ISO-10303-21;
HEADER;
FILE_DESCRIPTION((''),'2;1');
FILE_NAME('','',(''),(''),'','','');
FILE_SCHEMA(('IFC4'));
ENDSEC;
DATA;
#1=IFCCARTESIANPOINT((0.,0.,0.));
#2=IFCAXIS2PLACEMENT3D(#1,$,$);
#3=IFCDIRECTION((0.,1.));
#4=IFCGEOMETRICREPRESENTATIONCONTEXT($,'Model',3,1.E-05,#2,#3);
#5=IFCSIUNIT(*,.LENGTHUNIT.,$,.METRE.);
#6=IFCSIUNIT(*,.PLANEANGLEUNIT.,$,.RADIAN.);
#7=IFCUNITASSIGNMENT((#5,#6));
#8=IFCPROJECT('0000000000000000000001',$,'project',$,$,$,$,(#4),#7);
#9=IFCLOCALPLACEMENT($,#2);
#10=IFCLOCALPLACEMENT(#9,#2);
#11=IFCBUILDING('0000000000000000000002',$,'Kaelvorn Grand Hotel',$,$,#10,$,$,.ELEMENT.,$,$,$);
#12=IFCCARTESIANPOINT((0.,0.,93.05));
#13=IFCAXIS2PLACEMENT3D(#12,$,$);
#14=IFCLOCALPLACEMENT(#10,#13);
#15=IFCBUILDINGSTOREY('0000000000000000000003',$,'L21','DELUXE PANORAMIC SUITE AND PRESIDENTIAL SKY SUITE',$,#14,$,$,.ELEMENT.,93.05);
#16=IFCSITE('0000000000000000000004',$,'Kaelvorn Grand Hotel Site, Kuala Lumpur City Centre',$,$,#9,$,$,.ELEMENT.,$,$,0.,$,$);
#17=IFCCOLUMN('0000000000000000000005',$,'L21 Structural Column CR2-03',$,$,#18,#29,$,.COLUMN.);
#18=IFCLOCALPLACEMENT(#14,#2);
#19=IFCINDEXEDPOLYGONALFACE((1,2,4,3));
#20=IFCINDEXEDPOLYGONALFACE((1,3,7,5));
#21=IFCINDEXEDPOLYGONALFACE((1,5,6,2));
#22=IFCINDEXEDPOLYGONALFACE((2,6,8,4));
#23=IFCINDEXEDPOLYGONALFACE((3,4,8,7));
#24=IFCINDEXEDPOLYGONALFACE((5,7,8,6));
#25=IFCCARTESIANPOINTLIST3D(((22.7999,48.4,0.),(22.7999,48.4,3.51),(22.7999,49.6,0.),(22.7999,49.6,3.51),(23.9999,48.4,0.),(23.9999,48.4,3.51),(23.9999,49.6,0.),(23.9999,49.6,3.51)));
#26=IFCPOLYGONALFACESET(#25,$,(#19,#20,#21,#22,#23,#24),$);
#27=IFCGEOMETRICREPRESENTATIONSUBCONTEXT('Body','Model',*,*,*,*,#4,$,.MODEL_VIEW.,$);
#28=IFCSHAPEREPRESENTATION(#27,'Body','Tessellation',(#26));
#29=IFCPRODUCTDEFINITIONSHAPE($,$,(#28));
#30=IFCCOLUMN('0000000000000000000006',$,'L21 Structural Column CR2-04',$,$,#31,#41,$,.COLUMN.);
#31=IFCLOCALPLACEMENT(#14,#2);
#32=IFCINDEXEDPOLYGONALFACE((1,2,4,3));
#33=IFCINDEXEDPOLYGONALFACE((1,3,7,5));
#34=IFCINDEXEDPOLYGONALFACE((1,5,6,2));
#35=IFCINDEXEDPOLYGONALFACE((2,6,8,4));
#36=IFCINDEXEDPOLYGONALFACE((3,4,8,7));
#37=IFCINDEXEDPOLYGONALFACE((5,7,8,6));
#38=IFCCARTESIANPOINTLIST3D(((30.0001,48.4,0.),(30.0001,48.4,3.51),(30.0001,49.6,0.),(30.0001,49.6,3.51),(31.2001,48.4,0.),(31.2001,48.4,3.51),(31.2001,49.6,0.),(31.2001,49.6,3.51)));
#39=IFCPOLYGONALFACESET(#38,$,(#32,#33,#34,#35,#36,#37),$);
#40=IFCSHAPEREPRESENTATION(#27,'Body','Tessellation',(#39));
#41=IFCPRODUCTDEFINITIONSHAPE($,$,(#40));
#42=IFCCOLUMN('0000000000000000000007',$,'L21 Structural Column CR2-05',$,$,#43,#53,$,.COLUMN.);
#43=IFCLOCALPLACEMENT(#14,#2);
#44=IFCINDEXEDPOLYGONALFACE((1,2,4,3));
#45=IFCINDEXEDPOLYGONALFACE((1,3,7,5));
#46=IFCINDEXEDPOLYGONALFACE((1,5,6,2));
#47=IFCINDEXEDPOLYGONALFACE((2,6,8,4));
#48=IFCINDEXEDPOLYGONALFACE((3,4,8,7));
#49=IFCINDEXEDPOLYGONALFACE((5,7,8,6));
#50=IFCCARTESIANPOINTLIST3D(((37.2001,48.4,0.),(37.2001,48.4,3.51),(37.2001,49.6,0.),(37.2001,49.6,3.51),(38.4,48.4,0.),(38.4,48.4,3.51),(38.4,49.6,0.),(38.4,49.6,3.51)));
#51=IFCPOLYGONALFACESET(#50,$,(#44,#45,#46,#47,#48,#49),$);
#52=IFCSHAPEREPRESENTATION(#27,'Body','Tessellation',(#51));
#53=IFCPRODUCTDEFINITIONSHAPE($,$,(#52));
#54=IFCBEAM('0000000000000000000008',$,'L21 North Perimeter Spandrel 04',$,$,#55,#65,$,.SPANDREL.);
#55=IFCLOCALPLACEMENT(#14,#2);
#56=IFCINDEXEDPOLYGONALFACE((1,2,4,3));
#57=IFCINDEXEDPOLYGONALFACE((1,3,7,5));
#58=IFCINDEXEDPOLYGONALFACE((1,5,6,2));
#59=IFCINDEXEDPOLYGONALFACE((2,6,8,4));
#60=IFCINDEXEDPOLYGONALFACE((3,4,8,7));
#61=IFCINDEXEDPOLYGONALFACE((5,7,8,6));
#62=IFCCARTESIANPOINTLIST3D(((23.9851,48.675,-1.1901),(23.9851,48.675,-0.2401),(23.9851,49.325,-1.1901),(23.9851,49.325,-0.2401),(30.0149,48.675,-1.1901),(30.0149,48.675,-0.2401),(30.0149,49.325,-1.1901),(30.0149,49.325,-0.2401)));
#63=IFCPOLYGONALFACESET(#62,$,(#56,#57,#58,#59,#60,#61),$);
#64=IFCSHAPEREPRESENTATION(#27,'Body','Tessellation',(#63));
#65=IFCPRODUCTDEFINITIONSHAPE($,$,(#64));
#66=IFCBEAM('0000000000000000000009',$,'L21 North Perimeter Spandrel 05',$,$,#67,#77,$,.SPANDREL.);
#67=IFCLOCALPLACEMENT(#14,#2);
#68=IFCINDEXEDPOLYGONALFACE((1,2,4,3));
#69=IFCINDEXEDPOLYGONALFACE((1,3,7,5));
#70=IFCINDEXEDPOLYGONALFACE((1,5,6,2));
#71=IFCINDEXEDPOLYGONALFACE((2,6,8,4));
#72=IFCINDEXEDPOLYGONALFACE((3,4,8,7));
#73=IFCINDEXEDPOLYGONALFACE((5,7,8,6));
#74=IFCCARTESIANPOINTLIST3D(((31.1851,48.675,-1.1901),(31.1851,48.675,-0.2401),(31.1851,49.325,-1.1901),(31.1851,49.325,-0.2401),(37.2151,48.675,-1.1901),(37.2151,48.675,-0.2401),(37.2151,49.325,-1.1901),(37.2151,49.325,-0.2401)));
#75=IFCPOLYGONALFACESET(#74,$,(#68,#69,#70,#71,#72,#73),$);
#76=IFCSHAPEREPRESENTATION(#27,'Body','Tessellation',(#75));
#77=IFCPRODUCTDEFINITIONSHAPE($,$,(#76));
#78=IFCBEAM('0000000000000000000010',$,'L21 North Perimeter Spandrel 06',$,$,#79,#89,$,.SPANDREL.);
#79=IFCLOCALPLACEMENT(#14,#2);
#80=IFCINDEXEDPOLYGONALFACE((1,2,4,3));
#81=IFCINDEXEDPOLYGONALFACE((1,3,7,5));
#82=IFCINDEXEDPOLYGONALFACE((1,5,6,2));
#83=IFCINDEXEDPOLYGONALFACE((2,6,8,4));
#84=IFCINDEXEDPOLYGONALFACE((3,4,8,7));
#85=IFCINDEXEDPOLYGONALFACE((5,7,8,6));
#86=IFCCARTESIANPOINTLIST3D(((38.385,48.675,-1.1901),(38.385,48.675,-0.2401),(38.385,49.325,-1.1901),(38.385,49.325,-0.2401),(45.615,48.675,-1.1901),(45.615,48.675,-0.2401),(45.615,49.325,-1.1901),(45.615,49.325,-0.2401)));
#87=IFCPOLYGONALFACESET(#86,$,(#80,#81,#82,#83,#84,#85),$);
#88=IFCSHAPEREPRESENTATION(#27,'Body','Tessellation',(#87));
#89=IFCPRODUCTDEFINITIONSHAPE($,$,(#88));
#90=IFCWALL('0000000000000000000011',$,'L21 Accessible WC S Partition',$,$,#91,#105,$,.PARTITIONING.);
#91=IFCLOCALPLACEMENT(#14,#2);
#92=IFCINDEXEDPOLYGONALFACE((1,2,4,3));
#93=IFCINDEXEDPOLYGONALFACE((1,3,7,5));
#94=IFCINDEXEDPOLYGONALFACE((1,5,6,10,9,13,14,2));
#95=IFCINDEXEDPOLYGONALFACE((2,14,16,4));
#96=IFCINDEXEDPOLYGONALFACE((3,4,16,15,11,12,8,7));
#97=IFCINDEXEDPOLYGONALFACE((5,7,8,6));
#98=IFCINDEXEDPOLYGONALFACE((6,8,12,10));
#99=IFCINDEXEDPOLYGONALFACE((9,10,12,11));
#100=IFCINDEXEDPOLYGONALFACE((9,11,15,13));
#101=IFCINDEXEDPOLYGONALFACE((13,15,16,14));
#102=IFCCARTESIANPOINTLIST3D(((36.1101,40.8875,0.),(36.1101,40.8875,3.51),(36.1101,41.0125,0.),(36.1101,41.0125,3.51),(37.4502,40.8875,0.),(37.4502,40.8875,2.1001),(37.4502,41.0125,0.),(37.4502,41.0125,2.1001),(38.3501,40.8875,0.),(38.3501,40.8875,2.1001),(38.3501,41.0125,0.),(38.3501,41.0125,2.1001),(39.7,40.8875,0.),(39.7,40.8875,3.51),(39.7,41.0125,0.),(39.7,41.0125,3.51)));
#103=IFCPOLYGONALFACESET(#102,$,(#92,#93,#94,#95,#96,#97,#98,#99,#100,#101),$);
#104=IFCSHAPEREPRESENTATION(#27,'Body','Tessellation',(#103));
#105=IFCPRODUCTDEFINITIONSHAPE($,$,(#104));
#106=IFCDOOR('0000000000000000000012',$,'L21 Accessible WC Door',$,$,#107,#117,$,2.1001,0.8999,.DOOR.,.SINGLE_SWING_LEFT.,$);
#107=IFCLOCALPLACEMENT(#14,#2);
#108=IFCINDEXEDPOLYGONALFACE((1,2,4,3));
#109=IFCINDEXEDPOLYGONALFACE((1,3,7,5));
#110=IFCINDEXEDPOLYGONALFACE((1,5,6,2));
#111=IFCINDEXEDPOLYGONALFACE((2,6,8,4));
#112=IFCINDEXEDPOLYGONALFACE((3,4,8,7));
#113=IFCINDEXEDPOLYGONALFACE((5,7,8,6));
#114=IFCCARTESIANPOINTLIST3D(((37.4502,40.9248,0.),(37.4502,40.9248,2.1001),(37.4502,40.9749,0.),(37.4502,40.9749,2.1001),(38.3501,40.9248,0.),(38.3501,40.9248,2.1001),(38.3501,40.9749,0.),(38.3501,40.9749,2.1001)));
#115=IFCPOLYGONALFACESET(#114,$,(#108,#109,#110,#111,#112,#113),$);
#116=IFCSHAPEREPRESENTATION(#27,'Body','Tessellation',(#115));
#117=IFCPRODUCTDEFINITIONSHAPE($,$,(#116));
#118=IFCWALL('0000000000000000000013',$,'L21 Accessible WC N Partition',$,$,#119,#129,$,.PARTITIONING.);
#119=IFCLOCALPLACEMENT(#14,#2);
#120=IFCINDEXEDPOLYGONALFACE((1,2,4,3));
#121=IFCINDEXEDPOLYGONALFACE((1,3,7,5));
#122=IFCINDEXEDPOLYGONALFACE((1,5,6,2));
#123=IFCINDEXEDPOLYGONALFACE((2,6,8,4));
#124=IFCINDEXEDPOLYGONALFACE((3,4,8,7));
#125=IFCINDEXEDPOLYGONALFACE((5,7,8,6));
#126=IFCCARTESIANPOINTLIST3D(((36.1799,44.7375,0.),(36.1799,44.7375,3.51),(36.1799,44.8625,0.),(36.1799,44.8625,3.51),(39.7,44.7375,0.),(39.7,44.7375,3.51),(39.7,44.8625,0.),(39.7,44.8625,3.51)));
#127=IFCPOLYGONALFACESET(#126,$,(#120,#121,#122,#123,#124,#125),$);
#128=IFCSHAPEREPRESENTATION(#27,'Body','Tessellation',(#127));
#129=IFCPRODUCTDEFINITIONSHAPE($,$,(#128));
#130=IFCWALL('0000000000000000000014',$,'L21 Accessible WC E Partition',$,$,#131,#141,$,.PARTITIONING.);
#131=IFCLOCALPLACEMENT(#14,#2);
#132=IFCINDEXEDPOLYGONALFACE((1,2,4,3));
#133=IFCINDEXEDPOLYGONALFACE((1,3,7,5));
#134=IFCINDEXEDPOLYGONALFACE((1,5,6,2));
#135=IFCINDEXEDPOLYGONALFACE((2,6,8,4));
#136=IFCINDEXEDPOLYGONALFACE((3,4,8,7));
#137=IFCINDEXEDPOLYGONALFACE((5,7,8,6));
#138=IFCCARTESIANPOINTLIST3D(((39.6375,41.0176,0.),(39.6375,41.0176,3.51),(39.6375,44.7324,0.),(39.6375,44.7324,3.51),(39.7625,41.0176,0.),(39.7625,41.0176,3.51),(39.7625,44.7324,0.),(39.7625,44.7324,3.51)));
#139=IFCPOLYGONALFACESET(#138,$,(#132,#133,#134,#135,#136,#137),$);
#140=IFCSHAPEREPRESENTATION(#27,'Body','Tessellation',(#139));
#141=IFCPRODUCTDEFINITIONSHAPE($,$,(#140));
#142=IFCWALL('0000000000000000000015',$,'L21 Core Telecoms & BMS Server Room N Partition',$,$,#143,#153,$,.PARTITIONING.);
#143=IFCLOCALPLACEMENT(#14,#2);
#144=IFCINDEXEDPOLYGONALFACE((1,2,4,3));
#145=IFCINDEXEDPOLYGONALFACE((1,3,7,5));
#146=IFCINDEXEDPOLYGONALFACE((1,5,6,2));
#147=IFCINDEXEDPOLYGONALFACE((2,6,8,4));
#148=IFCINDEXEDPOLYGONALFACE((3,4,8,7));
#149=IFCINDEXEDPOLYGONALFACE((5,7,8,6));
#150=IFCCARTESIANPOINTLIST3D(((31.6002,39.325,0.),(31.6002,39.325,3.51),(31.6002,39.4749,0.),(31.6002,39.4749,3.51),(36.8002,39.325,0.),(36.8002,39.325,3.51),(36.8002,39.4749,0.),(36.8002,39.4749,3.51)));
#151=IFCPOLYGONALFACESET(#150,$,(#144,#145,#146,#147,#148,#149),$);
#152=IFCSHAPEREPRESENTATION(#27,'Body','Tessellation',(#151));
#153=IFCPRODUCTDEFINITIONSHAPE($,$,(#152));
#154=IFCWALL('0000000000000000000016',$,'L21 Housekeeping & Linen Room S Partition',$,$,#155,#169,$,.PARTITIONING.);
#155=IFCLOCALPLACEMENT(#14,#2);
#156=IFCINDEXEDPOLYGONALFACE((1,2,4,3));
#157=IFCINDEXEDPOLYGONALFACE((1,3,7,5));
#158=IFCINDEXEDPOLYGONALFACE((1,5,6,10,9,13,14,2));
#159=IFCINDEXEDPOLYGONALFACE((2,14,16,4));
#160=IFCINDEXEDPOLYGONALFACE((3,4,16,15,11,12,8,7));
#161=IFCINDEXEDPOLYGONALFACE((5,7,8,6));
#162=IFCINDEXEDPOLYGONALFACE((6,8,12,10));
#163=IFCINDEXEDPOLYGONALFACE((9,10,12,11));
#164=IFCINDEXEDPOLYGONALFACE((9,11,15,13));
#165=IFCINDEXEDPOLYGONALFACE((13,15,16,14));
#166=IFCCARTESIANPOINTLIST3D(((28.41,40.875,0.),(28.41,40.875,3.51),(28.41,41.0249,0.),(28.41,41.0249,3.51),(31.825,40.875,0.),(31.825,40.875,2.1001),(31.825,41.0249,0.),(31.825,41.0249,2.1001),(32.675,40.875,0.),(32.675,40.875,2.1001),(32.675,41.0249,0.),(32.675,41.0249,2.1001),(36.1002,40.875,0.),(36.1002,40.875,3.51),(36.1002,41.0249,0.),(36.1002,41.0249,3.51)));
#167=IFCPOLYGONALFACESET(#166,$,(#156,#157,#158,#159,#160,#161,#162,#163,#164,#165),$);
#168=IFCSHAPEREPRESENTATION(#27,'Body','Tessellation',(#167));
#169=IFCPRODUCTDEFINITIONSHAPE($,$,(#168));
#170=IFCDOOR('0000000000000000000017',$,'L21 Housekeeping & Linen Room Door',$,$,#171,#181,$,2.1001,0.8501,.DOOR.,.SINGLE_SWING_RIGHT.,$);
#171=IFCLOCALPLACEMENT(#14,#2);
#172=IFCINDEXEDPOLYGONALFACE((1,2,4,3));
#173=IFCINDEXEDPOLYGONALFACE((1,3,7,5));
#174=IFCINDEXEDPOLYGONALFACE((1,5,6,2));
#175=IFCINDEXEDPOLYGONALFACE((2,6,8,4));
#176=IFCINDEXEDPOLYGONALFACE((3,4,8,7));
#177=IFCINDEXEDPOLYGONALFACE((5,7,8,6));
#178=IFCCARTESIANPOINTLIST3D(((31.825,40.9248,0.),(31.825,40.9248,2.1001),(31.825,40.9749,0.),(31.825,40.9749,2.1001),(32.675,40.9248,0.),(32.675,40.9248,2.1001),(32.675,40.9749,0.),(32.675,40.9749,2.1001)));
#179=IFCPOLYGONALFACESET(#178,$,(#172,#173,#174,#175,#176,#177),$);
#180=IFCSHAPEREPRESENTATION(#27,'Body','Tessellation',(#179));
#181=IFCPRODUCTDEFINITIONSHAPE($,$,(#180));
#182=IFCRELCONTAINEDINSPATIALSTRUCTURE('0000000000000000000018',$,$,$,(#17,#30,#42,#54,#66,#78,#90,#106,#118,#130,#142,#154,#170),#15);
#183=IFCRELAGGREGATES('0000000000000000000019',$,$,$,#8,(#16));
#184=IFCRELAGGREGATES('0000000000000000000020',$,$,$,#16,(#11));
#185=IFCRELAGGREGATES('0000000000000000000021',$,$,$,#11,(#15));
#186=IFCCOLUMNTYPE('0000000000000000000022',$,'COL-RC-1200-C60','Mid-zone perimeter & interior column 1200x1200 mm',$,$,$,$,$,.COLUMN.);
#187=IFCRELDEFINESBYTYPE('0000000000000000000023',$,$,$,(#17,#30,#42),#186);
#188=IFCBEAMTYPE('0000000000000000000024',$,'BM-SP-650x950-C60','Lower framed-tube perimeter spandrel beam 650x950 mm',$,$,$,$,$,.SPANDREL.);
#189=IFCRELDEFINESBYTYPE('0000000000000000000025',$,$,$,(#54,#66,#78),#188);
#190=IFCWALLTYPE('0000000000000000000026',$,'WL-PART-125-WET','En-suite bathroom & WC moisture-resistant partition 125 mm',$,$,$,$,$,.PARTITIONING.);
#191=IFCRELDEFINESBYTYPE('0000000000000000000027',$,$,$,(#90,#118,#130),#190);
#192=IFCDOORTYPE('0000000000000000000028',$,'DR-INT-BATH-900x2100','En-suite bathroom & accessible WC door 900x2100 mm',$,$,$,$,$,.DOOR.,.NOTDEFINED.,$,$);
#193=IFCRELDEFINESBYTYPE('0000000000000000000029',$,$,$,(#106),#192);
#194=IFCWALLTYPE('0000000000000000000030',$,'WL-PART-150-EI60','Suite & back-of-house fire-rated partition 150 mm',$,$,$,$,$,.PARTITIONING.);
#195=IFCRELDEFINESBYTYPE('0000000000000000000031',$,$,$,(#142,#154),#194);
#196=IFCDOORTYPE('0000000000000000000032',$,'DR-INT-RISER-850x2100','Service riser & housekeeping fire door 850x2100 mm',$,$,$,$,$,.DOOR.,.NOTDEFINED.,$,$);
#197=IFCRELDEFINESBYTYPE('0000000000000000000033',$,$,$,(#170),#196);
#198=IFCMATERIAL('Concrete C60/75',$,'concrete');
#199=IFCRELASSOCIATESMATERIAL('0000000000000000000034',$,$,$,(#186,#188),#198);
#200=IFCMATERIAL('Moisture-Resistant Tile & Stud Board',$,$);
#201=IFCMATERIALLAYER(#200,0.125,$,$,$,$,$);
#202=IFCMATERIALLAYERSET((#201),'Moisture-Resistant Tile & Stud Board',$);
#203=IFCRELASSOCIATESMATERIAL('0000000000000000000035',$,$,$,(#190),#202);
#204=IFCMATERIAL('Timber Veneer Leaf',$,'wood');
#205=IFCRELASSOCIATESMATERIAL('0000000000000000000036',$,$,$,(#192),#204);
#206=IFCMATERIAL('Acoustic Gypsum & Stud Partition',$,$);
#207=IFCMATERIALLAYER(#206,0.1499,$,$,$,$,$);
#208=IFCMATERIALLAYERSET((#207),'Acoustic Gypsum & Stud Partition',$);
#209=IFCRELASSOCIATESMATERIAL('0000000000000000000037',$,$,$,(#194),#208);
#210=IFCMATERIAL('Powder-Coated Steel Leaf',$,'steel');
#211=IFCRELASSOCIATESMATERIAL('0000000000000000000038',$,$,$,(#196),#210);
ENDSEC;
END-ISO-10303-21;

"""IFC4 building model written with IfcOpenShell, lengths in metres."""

from ifc_helpers import new_model, si_unit, direction, frame, frame_2d, origin, origin_2d, place, context, subcontext, project, spatial, rectangle, extrude, material, layer, layer_set, material_profile, profile_set, type_object, element, fill, save


model = new_model("IFC4")

# Units and contexts
model_context = context("Model", 3, precision=1e-05, world=origin(), true_north=direction((0.0, 1.0)))
body_context = subcontext(model_context, "Body", "Model", "MODEL_VIEW")
ifc_project = project(units=[si_unit("LENGTHUNIT", "METRE"), si_unit("PLANEANGLEUNIT", "RADIAN")], contexts=[model_context])

# Site, building, storey
site_placement = place(None, origin())
site = spatial("IfcSite", under=ifc_project, at=site_placement, Name="Kaelvorn Grand Hotel Site, Kuala Lumpur City Centre", CompositionType="ELEMENT", RefElevation=0.0)
building_placement = place(site_placement, origin())
building = spatial("IfcBuilding", under=site, at=building_placement, Name="Kaelvorn Grand Hotel", CompositionType="ELEMENT")
storey_placement = place(building_placement, frame((0.0, 0.0, 93.05)))
storey = spatial("IfcBuildingStorey", under=building, at=storey_placement, Name="L21", Description="DELUXE PANORAMIC SUITE AND PRESIDENTIAL SKY SUITE", CompositionType="ELEMENT", Elevation=93.05)

# Columns
ifc_material_1 = material(Name="Concrete C60/75", Category="concrete")
ifc_material_profile_1 = material_profile(ifc_material_1, rectangle(XDim=1.2, YDim=1.2, at=origin_2d()), Name="RC COL 1200x1200")
ifc_profile_set_1 = profile_set([ifc_material_profile_1], Name="Concrete C60/75")
column_type = type_object("IfcColumnType", Name="COL-RC-1200-C60", Description="Mid-zone perimeter & interior column 1200x1200 mm", PredefinedType="COLUMN", material=ifc_profile_set_1)
for number, where, z_axis, x_axis, name in (
    (1, (23.3999, 49.0, 0.0), (0.0, 0.0, 1.0), (1.0, 0.0, 0.0), "L21 Structural Column CR2-03"),
    (2, (30.6001, 49.0, 0.0), (0.0, 0.0, 1.0), (1.0, 0.0, 0.0), "L21 Structural Column CR2-04"),
    (3, (37.8, 49.0, 0.0), (0.0, 0.0, 1.0), (1.0, 0.0, 0.0), "L21 Structural Column CR2-05"),
):
    element("IfcColumn", number, at=place(storey_placement, frame(where, z_axis=z_axis, x_axis=x_axis)), inside=storey, type_object=column_type, Name=name, PredefinedType="COLUMN", context=body_context, shape_type="SweptSolid", body=[
        extrude(rectangle(XDim=1.2, YDim=1.2, at=origin_2d()), origin(), (0.0, 0.0, 1.0), 3.51),
    ])

# Beams
ifc_material_profile_2 = material_profile(ifc_material_1, rectangle(XDim=0.6499, YDim=0.95, at=origin_2d()), Name="RC SPANDREL 650x950")
ifc_profile_set_2 = profile_set([ifc_material_profile_2], Name="Concrete C60/75")
beam_type = type_object("IfcBeamType", Name="BM-SP-650x950-C60", Description="Lower framed-tube perimeter spandrel beam 650x950 mm", PredefinedType="SPANDREL", material=ifc_profile_set_2)
beam_1_placement = place(storey_placement, frame((23.9851, 49.0, -0.7151), z_axis=(1.0, 0.0, 0.0), x_axis=(0.0, 1.0, 0.0)))
element("IfcBeam", 4, at=beam_1_placement, inside=storey, type_object=beam_type, Name="L21 North Perimeter Spandrel 04", PredefinedType="SPANDREL", context=body_context, shape_type="SweptSolid", body=[
    extrude(rectangle(XDim=0.6499, YDim=0.95, at=origin_2d()), origin(), (0.0, 0.0, 1.0), 6.0298),
])
beam_2_placement = place(storey_placement, frame((31.1851, 49.0, -0.7151), z_axis=(1.0, 0.0, 0.0), x_axis=(0.0, 1.0, 0.0)))
element("IfcBeam", 5, at=beam_2_placement, inside=storey, type_object=beam_type, Name="L21 North Perimeter Spandrel 05", PredefinedType="SPANDREL", context=body_context, shape_type="SweptSolid", body=[
    extrude(rectangle(XDim=0.6499, YDim=0.95, at=origin_2d()), origin(), (0.0, 0.0, 1.0), 6.03),
])
beam_3_placement = place(storey_placement, frame((38.385, 49.0, -0.7151), z_axis=(1.0, 0.0, 0.0), x_axis=(0.0, 1.0, 0.0)))
element("IfcBeam", 6, at=beam_3_placement, inside=storey, type_object=beam_type, Name="L21 North Perimeter Spandrel 06", PredefinedType="SPANDREL", context=body_context, shape_type="SweptSolid", body=[
    extrude(rectangle(XDim=0.6499, YDim=0.95, at=origin_2d()), origin(), (0.0, 0.0, 1.0), 7.23),
])

# Wall, opening, door
ifc_material_2 = material(Name="Moisture-Resistant Tile & Stud Board")
ifc_layer_1 = layer(ifc_material_2, 0.125)
ifc_layer_set_1 = layer_set([ifc_layer_1], Name="Moisture-Resistant Tile & Stud Board")
wall_type_1 = type_object("IfcWallType", Name="WL-PART-125-WET", Description="En-suite bathroom & WC moisture-resistant partition 125 mm", PredefinedType="PARTITIONING", material=ifc_layer_set_1)
wall_1_placement = place(storey_placement, frame((36.1101, 40.95, 0.0), z_axis=(0.0, 0.0, 1.0), x_axis=(1.0, 0.0, 0.0)))
wall_1 = element("IfcWall", 7, at=wall_1_placement, inside=storey, type_object=wall_type_1, Name="L21 Accessible WC S Partition", PredefinedType="PARTITIONING", context=body_context, shape_type="SweptSolid", body=[
    extrude(rectangle(XDim=3.5898, YDim=0.125, at=frame_2d((1.7949, 0.0))), origin(), (0.0, 0.0, 1.0), 3.51),
])
opening_1_placement = place(wall_1_placement, frame((1.3401, 0.0, 0.0)))
opening_1 = element("IfcOpeningElement", 8, at=opening_1_placement, cuts=wall_1, PredefinedType="OPENING", context=body_context, shape_type="SweptSolid", body=[
    extrude(rectangle(XDim=0.8999, YDim=2.1001, at=frame_2d((0.45, 1.05))), frame((0.0, 0.0725, 0.0), z_axis=(0.0, -1.0, 0.0), x_axis=(1.0, 0.0, 0.0)), (0.0, 0.0, 1.0), 0.145),
])
ifc_material_3 = material(Name="Timber Veneer Leaf", Category="wood")
door_type_1 = type_object("IfcDoorType", Name="DR-INT-BATH-900x2100", Description="En-suite bathroom & accessible WC door 900x2100 mm", OperationType="NOTDEFINED", PredefinedType="DOOR", material=ifc_material_3)
door_1_placement = place(opening_1_placement, origin())
door_1 = element("IfcDoor", 9, at=door_1_placement, inside=storey, type_object=door_type_1, Name="L21 Accessible WC Door", OperationType="SINGLE_SWING_LEFT", OverallHeight=2.1001, OverallWidth=0.8999, PredefinedType="DOOR", context=body_context, shape_type="SweptSolid", body=[
    extrude(rectangle(XDim=0.8999, YDim=2.1001, at=frame_2d((0.45, 1.05))), frame((0.0, 0.0249, 0.0), z_axis=(0.0, -1.0, 0.0), x_axis=(1.0, 0.0, 0.0)), (0.0, 0.0, 1.0), 0.05),
])
fill(opening_1, door_1)

# Walls
wall_2_placement = place(storey_placement, frame((36.1799, 44.8, 0.0), z_axis=(0.0, 0.0, 1.0), x_axis=(1.0, 0.0, 0.0)))
element("IfcWall", 10, at=wall_2_placement, inside=storey, type_object=wall_type_1, Name="L21 Accessible WC N Partition", PredefinedType="PARTITIONING", context=body_context, shape_type="SweptSolid", body=[
    extrude(rectangle(XDim=3.52, YDim=0.125, at=frame_2d((1.76, 0.0))), origin(), (0.0, 0.0, 1.0), 3.51),
])
wall_3_placement = place(storey_placement, frame((39.7, 41.0176, 0.0), z_axis=(0.0, 0.0, 1.0), x_axis=(0.0, 1.0, 0.0)))
element("IfcWall", 11, at=wall_3_placement, inside=storey, type_object=wall_type_1, Name="L21 Accessible WC E Partition", PredefinedType="PARTITIONING", context=body_context, shape_type="SweptSolid", body=[
    extrude(rectangle(XDim=3.7148, YDim=0.125, at=frame_2d((1.8574, 0.0))), origin(), (0.0, 0.0, 1.0), 3.51),
])
ifc_material_4 = material(Name="Acoustic Gypsum & Stud Partition")
ifc_layer_2 = layer(ifc_material_4, 0.1499)
ifc_layer_set_2 = layer_set([ifc_layer_2], Name="Acoustic Gypsum & Stud Partition")
wall_type_2 = type_object("IfcWallType", Name="WL-PART-150-EI60", Description="Suite & back-of-house fire-rated partition 150 mm", PredefinedType="PARTITIONING", material=ifc_layer_set_2)
wall_4_placement = place(storey_placement, frame((31.6001, 39.3999, 0.0), z_axis=(0.0, 0.0, 1.0), x_axis=(1.0, 0.0, 0.0)))
element("IfcWall", 12, at=wall_4_placement, inside=storey, type_object=wall_type_2, Name="L21 Core Telecoms & BMS Server Room N Partition", PredefinedType="PARTITIONING", context=body_context, shape_type="SweptSolid", body=[
    extrude(rectangle(XDim=5.2, YDim=0.1499, at=frame_2d((2.6001, 0.0))), origin(), (0.0, 0.0, 1.0), 3.51),
])

# Wall, opening, door
wall_5_placement = place(storey_placement, frame((28.4099, 40.95, 0.0), z_axis=(0.0, 0.0, 1.0), x_axis=(1.0, 0.0, 0.0)))
wall_5 = element("IfcWall", 13, at=wall_5_placement, inside=storey, type_object=wall_type_2, Name="L21 Housekeeping & Linen Room S Partition", PredefinedType="PARTITIONING", context=body_context, shape_type="SweptSolid", body=[
    extrude(rectangle(XDim=7.6902, YDim=0.1499, at=frame_2d((3.8452, 0.0))), origin(), (0.0, 0.0, 1.0), 3.51),
])
opening_2_placement = place(wall_5_placement, frame((3.415, 0.0, 0.0)))
opening_2 = element("IfcOpeningElement", 14, at=opening_2_placement, cuts=wall_5, PredefinedType="OPENING", context=body_context, shape_type="SweptSolid", body=[
    extrude(rectangle(XDim=0.8501, YDim=2.1001, at=frame_2d((0.425, 1.05))), frame((0.0, 0.085, 0.0), z_axis=(0.0, -1.0, 0.0), x_axis=(1.0, 0.0, 0.0)), (0.0, 0.0, 1.0), 0.1699),
])
ifc_material_5 = material(Name="Powder-Coated Steel Leaf", Category="steel")
door_type_2 = type_object("IfcDoorType", Name="DR-INT-RISER-850x2100", Description="Service riser & housekeeping fire door 850x2100 mm", OperationType="NOTDEFINED", PredefinedType="DOOR", material=ifc_material_5)
door_2_placement = place(opening_2_placement, origin())
door_2 = element("IfcDoor", 15, at=door_2_placement, inside=storey, type_object=door_type_2, Name="L21 Housekeeping & Linen Room Door", OperationType="SINGLE_SWING_RIGHT", OverallHeight=2.1001, OverallWidth=0.8501, PredefinedType="DOOR", context=body_context, shape_type="SweptSolid", body=[
    extrude(rectangle(XDim=0.8501, YDim=2.1001, at=frame_2d((0.425, 1.05))), frame((0.0, 0.0249, 0.0), z_axis=(0.0, -1.0, 0.0), x_axis=(1.0, 0.0, 0.0)), (0.0, 0.0, 1.0), 0.05),
])
fill(opening_2, door_2)

save(model, "model.ifc")
